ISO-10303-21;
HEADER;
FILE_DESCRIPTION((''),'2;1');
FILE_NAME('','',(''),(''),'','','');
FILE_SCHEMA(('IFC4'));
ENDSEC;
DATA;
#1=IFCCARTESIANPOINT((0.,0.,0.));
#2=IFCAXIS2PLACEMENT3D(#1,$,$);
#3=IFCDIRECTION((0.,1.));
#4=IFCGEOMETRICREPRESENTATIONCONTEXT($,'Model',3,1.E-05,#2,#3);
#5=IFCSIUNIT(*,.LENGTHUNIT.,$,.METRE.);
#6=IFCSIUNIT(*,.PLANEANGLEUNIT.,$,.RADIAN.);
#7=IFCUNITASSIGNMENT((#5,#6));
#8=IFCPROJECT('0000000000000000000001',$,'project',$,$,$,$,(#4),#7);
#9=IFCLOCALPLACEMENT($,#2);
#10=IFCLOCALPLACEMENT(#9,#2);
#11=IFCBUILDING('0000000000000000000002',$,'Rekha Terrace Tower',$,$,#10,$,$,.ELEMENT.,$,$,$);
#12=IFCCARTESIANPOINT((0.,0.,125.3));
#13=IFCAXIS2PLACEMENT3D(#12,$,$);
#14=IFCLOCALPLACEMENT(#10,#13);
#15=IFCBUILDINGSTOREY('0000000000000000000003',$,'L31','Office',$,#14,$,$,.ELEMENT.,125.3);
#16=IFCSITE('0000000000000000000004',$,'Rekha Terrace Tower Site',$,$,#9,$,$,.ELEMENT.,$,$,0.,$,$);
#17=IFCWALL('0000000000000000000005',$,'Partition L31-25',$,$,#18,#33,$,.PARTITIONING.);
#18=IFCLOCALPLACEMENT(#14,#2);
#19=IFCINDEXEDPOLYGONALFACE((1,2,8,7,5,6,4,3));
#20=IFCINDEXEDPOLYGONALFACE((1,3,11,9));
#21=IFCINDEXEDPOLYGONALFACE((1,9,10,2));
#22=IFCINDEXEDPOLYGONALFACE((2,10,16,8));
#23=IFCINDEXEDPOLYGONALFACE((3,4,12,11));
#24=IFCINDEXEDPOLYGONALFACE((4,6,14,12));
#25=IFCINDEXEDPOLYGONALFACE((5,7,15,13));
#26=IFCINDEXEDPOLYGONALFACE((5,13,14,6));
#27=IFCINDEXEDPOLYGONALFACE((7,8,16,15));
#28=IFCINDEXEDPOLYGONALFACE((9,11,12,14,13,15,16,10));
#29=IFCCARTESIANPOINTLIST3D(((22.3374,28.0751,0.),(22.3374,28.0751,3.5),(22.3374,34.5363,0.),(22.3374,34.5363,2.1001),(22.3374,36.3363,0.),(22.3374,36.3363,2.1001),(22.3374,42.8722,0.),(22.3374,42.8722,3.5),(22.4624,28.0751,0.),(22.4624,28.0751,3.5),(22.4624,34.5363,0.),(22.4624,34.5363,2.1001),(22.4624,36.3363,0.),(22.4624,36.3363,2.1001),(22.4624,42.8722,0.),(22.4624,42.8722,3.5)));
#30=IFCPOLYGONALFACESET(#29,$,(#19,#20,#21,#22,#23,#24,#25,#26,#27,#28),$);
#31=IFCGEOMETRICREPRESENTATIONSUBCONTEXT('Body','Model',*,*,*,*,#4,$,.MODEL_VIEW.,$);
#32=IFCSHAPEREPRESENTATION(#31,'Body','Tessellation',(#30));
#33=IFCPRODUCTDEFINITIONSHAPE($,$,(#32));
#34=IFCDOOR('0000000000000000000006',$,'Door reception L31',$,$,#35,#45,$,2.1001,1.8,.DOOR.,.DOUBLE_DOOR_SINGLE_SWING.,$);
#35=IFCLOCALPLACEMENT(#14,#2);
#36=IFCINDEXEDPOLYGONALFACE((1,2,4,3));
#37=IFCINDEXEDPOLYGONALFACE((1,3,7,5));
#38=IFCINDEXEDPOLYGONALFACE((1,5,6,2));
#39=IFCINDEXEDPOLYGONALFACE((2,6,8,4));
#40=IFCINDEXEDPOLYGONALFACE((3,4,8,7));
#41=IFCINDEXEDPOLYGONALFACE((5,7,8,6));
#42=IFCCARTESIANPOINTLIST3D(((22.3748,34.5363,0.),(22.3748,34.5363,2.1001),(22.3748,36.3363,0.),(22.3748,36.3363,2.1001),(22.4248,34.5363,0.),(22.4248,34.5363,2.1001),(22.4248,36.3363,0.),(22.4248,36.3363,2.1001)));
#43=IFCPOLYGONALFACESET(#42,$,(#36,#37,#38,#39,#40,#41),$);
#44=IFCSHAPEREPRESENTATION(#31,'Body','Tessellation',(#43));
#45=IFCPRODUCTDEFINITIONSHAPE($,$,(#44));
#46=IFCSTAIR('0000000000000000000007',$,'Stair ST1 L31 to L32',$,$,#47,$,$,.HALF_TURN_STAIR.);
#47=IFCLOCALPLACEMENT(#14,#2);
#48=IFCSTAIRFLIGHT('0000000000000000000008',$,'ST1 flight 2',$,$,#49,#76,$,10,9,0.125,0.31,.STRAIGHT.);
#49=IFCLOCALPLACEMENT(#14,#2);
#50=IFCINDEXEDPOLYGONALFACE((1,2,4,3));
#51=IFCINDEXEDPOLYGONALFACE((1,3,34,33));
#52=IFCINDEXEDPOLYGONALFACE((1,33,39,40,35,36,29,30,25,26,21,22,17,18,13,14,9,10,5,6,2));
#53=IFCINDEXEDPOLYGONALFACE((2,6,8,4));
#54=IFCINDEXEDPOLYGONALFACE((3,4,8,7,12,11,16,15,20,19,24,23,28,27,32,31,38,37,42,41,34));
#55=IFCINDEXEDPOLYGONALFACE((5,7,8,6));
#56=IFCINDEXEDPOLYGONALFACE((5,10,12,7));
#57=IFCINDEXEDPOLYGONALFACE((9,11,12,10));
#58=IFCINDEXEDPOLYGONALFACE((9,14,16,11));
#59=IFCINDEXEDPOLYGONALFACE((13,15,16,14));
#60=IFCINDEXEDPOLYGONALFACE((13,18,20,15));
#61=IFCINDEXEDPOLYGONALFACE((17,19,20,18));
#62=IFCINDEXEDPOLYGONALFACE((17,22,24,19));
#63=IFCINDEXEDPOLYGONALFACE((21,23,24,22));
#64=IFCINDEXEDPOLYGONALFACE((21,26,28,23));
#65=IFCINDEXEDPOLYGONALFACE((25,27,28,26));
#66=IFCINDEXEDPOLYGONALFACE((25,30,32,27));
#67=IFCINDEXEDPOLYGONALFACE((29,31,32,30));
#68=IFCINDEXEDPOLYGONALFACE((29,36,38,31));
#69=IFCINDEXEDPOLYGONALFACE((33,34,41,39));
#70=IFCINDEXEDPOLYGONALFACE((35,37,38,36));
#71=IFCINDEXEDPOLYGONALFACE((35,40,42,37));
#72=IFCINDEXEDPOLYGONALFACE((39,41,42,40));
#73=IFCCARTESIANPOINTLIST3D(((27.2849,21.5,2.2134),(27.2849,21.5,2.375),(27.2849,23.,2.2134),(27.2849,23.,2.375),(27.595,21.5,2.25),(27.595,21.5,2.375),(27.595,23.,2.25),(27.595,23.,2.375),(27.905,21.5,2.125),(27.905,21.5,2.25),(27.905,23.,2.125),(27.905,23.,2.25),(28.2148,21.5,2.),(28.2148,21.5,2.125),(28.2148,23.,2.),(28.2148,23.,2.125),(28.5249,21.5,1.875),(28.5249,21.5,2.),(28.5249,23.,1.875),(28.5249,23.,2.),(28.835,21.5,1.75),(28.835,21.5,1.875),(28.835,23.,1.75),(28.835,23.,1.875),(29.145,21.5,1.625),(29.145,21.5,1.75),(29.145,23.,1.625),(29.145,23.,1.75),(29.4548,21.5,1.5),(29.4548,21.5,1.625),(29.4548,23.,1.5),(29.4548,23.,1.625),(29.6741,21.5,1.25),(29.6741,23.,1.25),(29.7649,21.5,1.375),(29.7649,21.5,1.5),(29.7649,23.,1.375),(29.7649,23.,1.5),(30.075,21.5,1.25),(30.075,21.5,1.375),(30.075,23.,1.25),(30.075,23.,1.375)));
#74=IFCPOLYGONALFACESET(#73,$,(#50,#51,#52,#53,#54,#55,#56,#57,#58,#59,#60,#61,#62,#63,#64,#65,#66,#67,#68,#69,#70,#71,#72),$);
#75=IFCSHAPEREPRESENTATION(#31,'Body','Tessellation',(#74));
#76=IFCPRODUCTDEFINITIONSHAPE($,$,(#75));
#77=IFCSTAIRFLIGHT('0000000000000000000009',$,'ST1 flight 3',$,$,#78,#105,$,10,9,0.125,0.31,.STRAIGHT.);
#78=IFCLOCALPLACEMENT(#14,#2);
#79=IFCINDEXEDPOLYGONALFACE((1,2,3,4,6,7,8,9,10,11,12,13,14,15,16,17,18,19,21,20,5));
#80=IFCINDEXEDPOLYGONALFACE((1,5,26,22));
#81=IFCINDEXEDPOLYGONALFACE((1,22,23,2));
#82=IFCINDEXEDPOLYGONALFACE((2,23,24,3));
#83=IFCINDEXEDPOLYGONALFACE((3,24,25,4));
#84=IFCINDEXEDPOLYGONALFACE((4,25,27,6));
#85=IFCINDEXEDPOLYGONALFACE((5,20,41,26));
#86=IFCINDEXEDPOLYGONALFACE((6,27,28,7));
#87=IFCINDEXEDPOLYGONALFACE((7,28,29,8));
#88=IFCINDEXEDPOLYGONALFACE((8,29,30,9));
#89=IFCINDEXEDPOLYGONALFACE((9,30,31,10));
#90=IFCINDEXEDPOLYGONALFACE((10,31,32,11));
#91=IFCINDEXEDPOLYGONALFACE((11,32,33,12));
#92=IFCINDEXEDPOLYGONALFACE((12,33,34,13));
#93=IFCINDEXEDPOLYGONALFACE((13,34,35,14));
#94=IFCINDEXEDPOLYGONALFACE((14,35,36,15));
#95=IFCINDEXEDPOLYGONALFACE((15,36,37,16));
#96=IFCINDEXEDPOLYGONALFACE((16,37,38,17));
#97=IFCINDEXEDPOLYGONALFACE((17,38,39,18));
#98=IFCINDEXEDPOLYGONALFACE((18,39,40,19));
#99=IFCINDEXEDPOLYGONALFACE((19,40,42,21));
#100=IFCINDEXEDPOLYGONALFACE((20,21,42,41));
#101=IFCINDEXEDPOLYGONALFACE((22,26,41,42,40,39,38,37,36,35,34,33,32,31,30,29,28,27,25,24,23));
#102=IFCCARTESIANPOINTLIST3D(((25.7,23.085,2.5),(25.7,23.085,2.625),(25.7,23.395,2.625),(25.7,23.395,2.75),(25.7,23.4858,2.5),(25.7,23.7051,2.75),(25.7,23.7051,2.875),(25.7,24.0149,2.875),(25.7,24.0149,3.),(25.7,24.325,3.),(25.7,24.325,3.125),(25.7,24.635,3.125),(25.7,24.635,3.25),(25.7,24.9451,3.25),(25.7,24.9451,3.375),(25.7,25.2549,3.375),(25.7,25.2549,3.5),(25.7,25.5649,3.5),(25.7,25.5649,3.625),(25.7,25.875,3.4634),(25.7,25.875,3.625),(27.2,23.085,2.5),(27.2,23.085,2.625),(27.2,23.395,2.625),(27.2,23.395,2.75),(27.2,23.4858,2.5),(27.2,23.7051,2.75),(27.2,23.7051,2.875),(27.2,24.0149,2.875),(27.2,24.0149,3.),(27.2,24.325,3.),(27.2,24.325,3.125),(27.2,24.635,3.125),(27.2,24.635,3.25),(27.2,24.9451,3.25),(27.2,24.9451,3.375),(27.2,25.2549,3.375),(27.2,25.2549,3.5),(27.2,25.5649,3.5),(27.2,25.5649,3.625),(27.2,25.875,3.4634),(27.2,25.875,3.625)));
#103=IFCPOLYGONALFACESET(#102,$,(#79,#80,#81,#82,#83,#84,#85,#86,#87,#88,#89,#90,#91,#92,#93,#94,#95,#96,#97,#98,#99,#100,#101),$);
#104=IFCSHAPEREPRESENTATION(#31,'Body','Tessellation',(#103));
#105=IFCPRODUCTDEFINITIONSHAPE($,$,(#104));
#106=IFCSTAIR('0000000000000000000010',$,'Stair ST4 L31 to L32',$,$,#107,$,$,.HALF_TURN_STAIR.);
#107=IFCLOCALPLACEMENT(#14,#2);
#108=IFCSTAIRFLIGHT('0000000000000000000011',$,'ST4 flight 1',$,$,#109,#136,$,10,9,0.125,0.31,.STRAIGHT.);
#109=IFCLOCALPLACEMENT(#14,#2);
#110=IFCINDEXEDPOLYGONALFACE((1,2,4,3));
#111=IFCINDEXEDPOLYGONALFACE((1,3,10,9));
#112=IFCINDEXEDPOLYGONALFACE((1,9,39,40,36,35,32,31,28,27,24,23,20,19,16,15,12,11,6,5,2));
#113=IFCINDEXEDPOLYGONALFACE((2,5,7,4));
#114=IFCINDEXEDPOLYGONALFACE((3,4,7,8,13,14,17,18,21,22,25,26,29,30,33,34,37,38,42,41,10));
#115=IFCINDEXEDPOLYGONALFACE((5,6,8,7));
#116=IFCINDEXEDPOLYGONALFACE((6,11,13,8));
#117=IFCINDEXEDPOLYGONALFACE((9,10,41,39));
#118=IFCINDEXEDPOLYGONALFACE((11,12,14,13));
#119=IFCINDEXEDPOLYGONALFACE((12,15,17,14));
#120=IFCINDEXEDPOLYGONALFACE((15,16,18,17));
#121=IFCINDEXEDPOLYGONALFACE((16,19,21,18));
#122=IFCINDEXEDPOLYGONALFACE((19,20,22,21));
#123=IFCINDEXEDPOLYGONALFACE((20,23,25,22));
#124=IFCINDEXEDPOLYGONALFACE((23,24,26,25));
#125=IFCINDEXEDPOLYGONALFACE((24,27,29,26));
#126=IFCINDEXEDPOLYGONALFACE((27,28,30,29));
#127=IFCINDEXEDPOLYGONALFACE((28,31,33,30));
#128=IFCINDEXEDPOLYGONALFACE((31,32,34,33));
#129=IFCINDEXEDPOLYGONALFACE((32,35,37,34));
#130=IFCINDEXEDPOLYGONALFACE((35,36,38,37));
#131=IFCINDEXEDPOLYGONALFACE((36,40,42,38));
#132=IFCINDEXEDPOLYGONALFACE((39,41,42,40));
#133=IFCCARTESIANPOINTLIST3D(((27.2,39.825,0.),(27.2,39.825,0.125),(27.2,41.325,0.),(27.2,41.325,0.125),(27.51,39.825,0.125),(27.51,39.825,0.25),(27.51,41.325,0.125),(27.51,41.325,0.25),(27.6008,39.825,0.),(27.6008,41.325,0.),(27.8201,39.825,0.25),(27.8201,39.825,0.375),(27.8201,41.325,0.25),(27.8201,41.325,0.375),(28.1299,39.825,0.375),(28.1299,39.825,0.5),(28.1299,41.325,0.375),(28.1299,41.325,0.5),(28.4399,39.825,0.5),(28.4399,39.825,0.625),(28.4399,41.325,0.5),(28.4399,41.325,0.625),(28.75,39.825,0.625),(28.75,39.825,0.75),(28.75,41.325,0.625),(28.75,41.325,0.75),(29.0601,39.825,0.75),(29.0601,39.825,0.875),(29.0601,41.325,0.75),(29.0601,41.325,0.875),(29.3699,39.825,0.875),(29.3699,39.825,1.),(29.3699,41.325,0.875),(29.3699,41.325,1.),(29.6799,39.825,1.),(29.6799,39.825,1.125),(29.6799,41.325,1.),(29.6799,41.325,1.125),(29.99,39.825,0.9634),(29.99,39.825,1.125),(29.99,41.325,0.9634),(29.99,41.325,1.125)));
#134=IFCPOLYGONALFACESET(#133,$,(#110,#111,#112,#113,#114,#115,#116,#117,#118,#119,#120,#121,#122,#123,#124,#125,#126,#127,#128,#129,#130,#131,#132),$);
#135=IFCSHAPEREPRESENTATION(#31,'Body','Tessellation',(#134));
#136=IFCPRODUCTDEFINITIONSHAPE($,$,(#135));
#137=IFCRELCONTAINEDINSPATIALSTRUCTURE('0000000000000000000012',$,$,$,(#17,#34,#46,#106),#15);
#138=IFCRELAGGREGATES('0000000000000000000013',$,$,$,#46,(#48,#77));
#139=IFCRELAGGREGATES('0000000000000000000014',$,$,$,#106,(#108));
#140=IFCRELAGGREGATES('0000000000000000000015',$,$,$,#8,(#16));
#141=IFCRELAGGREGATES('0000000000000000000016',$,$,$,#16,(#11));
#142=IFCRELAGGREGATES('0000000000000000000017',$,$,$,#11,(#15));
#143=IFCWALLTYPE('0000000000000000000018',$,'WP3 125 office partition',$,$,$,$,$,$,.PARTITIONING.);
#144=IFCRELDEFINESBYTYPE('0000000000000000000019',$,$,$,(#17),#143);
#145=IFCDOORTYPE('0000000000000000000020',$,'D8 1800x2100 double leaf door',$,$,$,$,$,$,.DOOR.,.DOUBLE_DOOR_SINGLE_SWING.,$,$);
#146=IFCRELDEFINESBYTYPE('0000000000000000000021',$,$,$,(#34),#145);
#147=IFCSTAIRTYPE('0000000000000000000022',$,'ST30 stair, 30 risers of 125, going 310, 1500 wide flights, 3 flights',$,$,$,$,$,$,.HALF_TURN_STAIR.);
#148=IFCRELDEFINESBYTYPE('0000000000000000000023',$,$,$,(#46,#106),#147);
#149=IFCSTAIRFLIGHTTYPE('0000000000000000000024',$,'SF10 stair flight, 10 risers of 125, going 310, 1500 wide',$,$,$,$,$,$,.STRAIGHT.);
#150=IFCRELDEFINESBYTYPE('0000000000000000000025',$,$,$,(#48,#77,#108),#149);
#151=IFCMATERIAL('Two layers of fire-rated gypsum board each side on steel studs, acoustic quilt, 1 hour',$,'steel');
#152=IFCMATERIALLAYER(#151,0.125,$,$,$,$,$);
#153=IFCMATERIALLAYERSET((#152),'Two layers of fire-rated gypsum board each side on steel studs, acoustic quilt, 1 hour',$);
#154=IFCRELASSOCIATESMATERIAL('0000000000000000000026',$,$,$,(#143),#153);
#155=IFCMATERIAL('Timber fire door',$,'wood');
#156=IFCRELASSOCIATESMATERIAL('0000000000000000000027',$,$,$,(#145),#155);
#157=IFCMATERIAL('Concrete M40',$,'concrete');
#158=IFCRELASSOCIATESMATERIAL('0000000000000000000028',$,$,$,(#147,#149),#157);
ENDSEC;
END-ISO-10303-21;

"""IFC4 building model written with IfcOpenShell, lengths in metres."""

from ifc_helpers import new_model, si_unit, direction, frame, frame_2d, origin, place, context, subcontext, project, spatial, polyline, rectangle, outline, extrude, material, layer, layer_set, type_object, element, fill, aggregate, save


model = new_model("IFC4")

# Units and contexts
model_context = context("Model", 3, precision=1e-05, world=origin(), true_north=direction((0.0, 1.0)))
body_context = subcontext(model_context, "Body", "Model", "MODEL_VIEW")
ifc_project = project(units=[si_unit("LENGTHUNIT", "METRE"), si_unit("PLANEANGLEUNIT", "RADIAN")], contexts=[model_context])

# Site, building, storey
site_placement = place(None, origin())
site = spatial("IfcSite", under=ifc_project, at=site_placement, Name="Rekha Terrace Tower Site", CompositionType="ELEMENT", RefElevation=0.0)
building_placement = place(site_placement, origin())
building = spatial("IfcBuilding", under=site, at=building_placement, Name="Rekha Terrace Tower", CompositionType="ELEMENT")
storey_placement = place(building_placement, frame((0.0, 0.0, 125.3)))
storey = spatial("IfcBuildingStorey", under=building, at=storey_placement, Name="L31", Description="Office", CompositionType="ELEMENT", Elevation=125.3)

# Wall, opening, door
ifc_material_1 = material(Name="Two layers of fire-rated gypsum board each side on steel studs, acoustic quilt, 1 hour", Category="steel")
ifc_layer_1 = layer(ifc_material_1, 0.125)
ifc_layer_set_1 = layer_set([ifc_layer_1], Name="Two layers of fire-rated gypsum board each side on steel studs, acoustic quilt, 1 hour")
wall_type_1 = type_object("IfcWallType", Name="WP3 125 office partition", PredefinedType="PARTITIONING", material=ifc_layer_set_1)
wall_1_placement = place(storey_placement, frame((22.3999, 42.8721, 0.0), z_axis=(0.0, 0.0, 1.0), x_axis=(0.0, -1.0, 0.0)))
wall_1 = element("IfcWall", 1, at=wall_1_placement, inside=storey, type_object=wall_type_1, Name="Partition L31-25", PredefinedType="PARTITIONING", context=body_context, shape_type="SweptSolid", body=[
    extrude(rectangle(XDim=14.7971, YDim=0.125, at=frame_2d((7.3984, 0.0))), origin(), (0.0, 0.0, 1.0), 3.5),
])
opening_1_placement = place(wall_1_placement, frame((6.5359, 0.0, 0.0)))
opening_1 = element("IfcOpeningElement", 2, at=opening_1_placement, cuts=wall_1, PredefinedType="OPENING", context=body_context, shape_type="SweptSolid", body=[
    extrude(rectangle(XDim=1.8, YDim=2.1001, at=frame_2d((0.8999, 1.05))), frame((0.0, 0.0725, 0.0), z_axis=(0.0, -1.0, 0.0), x_axis=(1.0, 0.0, 0.0)), (0.0, 0.0, 1.0), 0.145),
])
ifc_material_2 = material(Name="Timber fire door", Category="wood")
door_type_1 = type_object("IfcDoorType", Name="D8 1800x2100 double leaf door", OperationType="DOUBLE_DOOR_SINGLE_SWING", PredefinedType="DOOR", material=ifc_material_2)
door_1_placement = place(opening_1_placement, origin())
door_1 = element("IfcDoor", 3, at=door_1_placement, inside=storey, type_object=door_type_1, Name="Door reception L31", OperationType="DOUBLE_DOOR_SINGLE_SWING", OverallHeight=2.1001, OverallWidth=1.8, PredefinedType="DOOR", context=body_context, shape_type="SweptSolid", body=[
    extrude(rectangle(XDim=1.8, YDim=2.1001, at=frame_2d((0.8999, 1.05))), frame((0.0, 0.0249, 0.0), z_axis=(0.0, -1.0, 0.0), x_axis=(1.0, 0.0, 0.0)), (0.0, 0.0, 1.0), 0.05),
])
fill(opening_1, door_1)

# Stair, stair flights
ifc_material_3 = material(Name="Concrete M40", Category="concrete")
stair_type = type_object("IfcStairType", Name="ST30 stair, 30 risers of 125, going 310, 1500 wide flights, 3 flights", PredefinedType="HALF_TURN_STAIR", material=ifc_material_3)
stair_1_placement = place(storey_placement, origin())
stair_1 = element("IfcStair", 4, at=stair_1_placement, inside=storey, type_object=stair_type, Name="Stair ST1 L31 to L32", PredefinedType="HALF_TURN_STAIR")
stair_flight_type = type_object("IfcStairFlightType", Name="SF10 stair flight, 10 risers of 125, going 310, 1500 wide", PredefinedType="STRAIGHT", material=ifc_material_3)
stair_flight_1_placement = place(storey_placement, frame((30.075, 22.25, 1.25), z_axis=(0.0, 0.0, 1.0), x_axis=(-1.0, 0.0, 0.0)))
stair_flight_1 = element("IfcStairFlight", 5, at=stair_flight_1_placement, type_object=stair_flight_type, Name="ST1 flight 2", NumberOfRisers=10, NumberOfTreads=9, PredefinedType="STRAIGHT", RiserHeight=0.125, TreadLength=0.31, context=body_context, shape_type="SweptSolid", body=[
    extrude(outline(polyline([(0.0, 0.0), (0.0, 0.125), (0.3101, 0.125), (0.3101, 0.25), (0.6201, 0.25), (0.6201, 0.375), (0.9299, 0.375), (0.9299, 0.5), (1.24, 0.5), (1.24, 0.625), (1.55, 0.625), (1.55, 0.75), (1.8601, 0.75), (1.8601, 0.875), (2.1699, 0.875), (2.1699, 1.0), (2.48, 1.0), (2.48, 1.125), (2.79, 1.125), (2.79, 1.25), (2.79, 0.9634), (0.4009, 0.0), (0.0, 0.0)])), frame((0.0, 0.75, 0.0), z_axis=(0.0, -1.0, 0.0), x_axis=(1.0, 0.0, 0.0)), (0.0, 0.0, 1.0), 1.5),
])
stair_flight_2_placement = place(storey_placement, frame((26.45, 23.085, 2.5), z_axis=(0.0, 0.0, 1.0), x_axis=(0.0, 1.0, 0.0)))
stair_flight_2 = element("IfcStairFlight", 6, at=stair_flight_2_placement, type_object=stair_flight_type, Name="ST1 flight 3", NumberOfRisers=10, NumberOfTreads=9, PredefinedType="STRAIGHT", RiserHeight=0.125, TreadLength=0.31, context=body_context, shape_type="SweptSolid", body=[
    extrude(outline(polyline([(0.0, 0.0), (0.0, 0.125), (0.3101, 0.125), (0.3101, 0.25), (0.6201, 0.25), (0.6201, 0.375), (0.9299, 0.375), (0.9299, 0.5), (1.24, 0.5), (1.24, 0.625), (1.55, 0.625), (1.55, 0.75), (1.8601, 0.75), (1.8601, 0.875), (2.1699, 0.875), (2.1699, 1.0), (2.48, 1.0), (2.48, 1.125), (2.79, 1.125), (2.79, 1.25), (2.79, 0.9634), (0.4009, 0.0), (0.0, 0.0)])), frame((0.0, 0.75, 0.0), z_axis=(0.0, -1.0, 0.0), x_axis=(1.0, 0.0, 0.0)), (0.0, 0.0, 1.0), 1.5),
])
aggregate(stair_1, [stair_flight_1, stair_flight_2])

# Stair, stair flight
stair_2_placement = place(storey_placement, origin())
stair_2 = element("IfcStair", 7, at=stair_2_placement, inside=storey, type_object=stair_type, Name="Stair ST4 L31 to L32", PredefinedType="HALF_TURN_STAIR")
stair_flight_3_placement = place(storey_placement, frame((27.2, 40.575, 0.0), z_axis=(0.0, 0.0, 1.0), x_axis=(1.0, 0.0, 0.0)))
stair_flight_3 = element("IfcStairFlight", 8, at=stair_flight_3_placement, type_object=stair_flight_type, Name="ST4 flight 1", NumberOfRisers=10, NumberOfTreads=9, PredefinedType="STRAIGHT", RiserHeight=0.125, TreadLength=0.31, context=body_context, shape_type="SweptSolid", body=[
    extrude(outline(polyline([(0.0, 0.0), (0.0, 0.125), (0.3101, 0.125), (0.3101, 0.25), (0.6201, 0.25), (0.6201, 0.375), (0.9299, 0.375), (0.9299, 0.5), (1.24, 0.5), (1.24, 0.625), (1.55, 0.625), (1.55, 0.75), (1.8601, 0.75), (1.8601, 0.875), (2.1699, 0.875), (2.1699, 1.0), (2.48, 1.0), (2.48, 1.125), (2.79, 1.125), (2.79, 1.25), (2.79, 0.9634), (0.4009, 0.0), (0.0, 0.0)])), frame((0.0, 0.75, 0.0), z_axis=(0.0, -1.0, 0.0), x_axis=(1.0, 0.0, 0.0)), (0.0, 0.0, 1.0), 1.5),
])
aggregate(stair_2, [stair_flight_3])

save(model, "model.ifc")
